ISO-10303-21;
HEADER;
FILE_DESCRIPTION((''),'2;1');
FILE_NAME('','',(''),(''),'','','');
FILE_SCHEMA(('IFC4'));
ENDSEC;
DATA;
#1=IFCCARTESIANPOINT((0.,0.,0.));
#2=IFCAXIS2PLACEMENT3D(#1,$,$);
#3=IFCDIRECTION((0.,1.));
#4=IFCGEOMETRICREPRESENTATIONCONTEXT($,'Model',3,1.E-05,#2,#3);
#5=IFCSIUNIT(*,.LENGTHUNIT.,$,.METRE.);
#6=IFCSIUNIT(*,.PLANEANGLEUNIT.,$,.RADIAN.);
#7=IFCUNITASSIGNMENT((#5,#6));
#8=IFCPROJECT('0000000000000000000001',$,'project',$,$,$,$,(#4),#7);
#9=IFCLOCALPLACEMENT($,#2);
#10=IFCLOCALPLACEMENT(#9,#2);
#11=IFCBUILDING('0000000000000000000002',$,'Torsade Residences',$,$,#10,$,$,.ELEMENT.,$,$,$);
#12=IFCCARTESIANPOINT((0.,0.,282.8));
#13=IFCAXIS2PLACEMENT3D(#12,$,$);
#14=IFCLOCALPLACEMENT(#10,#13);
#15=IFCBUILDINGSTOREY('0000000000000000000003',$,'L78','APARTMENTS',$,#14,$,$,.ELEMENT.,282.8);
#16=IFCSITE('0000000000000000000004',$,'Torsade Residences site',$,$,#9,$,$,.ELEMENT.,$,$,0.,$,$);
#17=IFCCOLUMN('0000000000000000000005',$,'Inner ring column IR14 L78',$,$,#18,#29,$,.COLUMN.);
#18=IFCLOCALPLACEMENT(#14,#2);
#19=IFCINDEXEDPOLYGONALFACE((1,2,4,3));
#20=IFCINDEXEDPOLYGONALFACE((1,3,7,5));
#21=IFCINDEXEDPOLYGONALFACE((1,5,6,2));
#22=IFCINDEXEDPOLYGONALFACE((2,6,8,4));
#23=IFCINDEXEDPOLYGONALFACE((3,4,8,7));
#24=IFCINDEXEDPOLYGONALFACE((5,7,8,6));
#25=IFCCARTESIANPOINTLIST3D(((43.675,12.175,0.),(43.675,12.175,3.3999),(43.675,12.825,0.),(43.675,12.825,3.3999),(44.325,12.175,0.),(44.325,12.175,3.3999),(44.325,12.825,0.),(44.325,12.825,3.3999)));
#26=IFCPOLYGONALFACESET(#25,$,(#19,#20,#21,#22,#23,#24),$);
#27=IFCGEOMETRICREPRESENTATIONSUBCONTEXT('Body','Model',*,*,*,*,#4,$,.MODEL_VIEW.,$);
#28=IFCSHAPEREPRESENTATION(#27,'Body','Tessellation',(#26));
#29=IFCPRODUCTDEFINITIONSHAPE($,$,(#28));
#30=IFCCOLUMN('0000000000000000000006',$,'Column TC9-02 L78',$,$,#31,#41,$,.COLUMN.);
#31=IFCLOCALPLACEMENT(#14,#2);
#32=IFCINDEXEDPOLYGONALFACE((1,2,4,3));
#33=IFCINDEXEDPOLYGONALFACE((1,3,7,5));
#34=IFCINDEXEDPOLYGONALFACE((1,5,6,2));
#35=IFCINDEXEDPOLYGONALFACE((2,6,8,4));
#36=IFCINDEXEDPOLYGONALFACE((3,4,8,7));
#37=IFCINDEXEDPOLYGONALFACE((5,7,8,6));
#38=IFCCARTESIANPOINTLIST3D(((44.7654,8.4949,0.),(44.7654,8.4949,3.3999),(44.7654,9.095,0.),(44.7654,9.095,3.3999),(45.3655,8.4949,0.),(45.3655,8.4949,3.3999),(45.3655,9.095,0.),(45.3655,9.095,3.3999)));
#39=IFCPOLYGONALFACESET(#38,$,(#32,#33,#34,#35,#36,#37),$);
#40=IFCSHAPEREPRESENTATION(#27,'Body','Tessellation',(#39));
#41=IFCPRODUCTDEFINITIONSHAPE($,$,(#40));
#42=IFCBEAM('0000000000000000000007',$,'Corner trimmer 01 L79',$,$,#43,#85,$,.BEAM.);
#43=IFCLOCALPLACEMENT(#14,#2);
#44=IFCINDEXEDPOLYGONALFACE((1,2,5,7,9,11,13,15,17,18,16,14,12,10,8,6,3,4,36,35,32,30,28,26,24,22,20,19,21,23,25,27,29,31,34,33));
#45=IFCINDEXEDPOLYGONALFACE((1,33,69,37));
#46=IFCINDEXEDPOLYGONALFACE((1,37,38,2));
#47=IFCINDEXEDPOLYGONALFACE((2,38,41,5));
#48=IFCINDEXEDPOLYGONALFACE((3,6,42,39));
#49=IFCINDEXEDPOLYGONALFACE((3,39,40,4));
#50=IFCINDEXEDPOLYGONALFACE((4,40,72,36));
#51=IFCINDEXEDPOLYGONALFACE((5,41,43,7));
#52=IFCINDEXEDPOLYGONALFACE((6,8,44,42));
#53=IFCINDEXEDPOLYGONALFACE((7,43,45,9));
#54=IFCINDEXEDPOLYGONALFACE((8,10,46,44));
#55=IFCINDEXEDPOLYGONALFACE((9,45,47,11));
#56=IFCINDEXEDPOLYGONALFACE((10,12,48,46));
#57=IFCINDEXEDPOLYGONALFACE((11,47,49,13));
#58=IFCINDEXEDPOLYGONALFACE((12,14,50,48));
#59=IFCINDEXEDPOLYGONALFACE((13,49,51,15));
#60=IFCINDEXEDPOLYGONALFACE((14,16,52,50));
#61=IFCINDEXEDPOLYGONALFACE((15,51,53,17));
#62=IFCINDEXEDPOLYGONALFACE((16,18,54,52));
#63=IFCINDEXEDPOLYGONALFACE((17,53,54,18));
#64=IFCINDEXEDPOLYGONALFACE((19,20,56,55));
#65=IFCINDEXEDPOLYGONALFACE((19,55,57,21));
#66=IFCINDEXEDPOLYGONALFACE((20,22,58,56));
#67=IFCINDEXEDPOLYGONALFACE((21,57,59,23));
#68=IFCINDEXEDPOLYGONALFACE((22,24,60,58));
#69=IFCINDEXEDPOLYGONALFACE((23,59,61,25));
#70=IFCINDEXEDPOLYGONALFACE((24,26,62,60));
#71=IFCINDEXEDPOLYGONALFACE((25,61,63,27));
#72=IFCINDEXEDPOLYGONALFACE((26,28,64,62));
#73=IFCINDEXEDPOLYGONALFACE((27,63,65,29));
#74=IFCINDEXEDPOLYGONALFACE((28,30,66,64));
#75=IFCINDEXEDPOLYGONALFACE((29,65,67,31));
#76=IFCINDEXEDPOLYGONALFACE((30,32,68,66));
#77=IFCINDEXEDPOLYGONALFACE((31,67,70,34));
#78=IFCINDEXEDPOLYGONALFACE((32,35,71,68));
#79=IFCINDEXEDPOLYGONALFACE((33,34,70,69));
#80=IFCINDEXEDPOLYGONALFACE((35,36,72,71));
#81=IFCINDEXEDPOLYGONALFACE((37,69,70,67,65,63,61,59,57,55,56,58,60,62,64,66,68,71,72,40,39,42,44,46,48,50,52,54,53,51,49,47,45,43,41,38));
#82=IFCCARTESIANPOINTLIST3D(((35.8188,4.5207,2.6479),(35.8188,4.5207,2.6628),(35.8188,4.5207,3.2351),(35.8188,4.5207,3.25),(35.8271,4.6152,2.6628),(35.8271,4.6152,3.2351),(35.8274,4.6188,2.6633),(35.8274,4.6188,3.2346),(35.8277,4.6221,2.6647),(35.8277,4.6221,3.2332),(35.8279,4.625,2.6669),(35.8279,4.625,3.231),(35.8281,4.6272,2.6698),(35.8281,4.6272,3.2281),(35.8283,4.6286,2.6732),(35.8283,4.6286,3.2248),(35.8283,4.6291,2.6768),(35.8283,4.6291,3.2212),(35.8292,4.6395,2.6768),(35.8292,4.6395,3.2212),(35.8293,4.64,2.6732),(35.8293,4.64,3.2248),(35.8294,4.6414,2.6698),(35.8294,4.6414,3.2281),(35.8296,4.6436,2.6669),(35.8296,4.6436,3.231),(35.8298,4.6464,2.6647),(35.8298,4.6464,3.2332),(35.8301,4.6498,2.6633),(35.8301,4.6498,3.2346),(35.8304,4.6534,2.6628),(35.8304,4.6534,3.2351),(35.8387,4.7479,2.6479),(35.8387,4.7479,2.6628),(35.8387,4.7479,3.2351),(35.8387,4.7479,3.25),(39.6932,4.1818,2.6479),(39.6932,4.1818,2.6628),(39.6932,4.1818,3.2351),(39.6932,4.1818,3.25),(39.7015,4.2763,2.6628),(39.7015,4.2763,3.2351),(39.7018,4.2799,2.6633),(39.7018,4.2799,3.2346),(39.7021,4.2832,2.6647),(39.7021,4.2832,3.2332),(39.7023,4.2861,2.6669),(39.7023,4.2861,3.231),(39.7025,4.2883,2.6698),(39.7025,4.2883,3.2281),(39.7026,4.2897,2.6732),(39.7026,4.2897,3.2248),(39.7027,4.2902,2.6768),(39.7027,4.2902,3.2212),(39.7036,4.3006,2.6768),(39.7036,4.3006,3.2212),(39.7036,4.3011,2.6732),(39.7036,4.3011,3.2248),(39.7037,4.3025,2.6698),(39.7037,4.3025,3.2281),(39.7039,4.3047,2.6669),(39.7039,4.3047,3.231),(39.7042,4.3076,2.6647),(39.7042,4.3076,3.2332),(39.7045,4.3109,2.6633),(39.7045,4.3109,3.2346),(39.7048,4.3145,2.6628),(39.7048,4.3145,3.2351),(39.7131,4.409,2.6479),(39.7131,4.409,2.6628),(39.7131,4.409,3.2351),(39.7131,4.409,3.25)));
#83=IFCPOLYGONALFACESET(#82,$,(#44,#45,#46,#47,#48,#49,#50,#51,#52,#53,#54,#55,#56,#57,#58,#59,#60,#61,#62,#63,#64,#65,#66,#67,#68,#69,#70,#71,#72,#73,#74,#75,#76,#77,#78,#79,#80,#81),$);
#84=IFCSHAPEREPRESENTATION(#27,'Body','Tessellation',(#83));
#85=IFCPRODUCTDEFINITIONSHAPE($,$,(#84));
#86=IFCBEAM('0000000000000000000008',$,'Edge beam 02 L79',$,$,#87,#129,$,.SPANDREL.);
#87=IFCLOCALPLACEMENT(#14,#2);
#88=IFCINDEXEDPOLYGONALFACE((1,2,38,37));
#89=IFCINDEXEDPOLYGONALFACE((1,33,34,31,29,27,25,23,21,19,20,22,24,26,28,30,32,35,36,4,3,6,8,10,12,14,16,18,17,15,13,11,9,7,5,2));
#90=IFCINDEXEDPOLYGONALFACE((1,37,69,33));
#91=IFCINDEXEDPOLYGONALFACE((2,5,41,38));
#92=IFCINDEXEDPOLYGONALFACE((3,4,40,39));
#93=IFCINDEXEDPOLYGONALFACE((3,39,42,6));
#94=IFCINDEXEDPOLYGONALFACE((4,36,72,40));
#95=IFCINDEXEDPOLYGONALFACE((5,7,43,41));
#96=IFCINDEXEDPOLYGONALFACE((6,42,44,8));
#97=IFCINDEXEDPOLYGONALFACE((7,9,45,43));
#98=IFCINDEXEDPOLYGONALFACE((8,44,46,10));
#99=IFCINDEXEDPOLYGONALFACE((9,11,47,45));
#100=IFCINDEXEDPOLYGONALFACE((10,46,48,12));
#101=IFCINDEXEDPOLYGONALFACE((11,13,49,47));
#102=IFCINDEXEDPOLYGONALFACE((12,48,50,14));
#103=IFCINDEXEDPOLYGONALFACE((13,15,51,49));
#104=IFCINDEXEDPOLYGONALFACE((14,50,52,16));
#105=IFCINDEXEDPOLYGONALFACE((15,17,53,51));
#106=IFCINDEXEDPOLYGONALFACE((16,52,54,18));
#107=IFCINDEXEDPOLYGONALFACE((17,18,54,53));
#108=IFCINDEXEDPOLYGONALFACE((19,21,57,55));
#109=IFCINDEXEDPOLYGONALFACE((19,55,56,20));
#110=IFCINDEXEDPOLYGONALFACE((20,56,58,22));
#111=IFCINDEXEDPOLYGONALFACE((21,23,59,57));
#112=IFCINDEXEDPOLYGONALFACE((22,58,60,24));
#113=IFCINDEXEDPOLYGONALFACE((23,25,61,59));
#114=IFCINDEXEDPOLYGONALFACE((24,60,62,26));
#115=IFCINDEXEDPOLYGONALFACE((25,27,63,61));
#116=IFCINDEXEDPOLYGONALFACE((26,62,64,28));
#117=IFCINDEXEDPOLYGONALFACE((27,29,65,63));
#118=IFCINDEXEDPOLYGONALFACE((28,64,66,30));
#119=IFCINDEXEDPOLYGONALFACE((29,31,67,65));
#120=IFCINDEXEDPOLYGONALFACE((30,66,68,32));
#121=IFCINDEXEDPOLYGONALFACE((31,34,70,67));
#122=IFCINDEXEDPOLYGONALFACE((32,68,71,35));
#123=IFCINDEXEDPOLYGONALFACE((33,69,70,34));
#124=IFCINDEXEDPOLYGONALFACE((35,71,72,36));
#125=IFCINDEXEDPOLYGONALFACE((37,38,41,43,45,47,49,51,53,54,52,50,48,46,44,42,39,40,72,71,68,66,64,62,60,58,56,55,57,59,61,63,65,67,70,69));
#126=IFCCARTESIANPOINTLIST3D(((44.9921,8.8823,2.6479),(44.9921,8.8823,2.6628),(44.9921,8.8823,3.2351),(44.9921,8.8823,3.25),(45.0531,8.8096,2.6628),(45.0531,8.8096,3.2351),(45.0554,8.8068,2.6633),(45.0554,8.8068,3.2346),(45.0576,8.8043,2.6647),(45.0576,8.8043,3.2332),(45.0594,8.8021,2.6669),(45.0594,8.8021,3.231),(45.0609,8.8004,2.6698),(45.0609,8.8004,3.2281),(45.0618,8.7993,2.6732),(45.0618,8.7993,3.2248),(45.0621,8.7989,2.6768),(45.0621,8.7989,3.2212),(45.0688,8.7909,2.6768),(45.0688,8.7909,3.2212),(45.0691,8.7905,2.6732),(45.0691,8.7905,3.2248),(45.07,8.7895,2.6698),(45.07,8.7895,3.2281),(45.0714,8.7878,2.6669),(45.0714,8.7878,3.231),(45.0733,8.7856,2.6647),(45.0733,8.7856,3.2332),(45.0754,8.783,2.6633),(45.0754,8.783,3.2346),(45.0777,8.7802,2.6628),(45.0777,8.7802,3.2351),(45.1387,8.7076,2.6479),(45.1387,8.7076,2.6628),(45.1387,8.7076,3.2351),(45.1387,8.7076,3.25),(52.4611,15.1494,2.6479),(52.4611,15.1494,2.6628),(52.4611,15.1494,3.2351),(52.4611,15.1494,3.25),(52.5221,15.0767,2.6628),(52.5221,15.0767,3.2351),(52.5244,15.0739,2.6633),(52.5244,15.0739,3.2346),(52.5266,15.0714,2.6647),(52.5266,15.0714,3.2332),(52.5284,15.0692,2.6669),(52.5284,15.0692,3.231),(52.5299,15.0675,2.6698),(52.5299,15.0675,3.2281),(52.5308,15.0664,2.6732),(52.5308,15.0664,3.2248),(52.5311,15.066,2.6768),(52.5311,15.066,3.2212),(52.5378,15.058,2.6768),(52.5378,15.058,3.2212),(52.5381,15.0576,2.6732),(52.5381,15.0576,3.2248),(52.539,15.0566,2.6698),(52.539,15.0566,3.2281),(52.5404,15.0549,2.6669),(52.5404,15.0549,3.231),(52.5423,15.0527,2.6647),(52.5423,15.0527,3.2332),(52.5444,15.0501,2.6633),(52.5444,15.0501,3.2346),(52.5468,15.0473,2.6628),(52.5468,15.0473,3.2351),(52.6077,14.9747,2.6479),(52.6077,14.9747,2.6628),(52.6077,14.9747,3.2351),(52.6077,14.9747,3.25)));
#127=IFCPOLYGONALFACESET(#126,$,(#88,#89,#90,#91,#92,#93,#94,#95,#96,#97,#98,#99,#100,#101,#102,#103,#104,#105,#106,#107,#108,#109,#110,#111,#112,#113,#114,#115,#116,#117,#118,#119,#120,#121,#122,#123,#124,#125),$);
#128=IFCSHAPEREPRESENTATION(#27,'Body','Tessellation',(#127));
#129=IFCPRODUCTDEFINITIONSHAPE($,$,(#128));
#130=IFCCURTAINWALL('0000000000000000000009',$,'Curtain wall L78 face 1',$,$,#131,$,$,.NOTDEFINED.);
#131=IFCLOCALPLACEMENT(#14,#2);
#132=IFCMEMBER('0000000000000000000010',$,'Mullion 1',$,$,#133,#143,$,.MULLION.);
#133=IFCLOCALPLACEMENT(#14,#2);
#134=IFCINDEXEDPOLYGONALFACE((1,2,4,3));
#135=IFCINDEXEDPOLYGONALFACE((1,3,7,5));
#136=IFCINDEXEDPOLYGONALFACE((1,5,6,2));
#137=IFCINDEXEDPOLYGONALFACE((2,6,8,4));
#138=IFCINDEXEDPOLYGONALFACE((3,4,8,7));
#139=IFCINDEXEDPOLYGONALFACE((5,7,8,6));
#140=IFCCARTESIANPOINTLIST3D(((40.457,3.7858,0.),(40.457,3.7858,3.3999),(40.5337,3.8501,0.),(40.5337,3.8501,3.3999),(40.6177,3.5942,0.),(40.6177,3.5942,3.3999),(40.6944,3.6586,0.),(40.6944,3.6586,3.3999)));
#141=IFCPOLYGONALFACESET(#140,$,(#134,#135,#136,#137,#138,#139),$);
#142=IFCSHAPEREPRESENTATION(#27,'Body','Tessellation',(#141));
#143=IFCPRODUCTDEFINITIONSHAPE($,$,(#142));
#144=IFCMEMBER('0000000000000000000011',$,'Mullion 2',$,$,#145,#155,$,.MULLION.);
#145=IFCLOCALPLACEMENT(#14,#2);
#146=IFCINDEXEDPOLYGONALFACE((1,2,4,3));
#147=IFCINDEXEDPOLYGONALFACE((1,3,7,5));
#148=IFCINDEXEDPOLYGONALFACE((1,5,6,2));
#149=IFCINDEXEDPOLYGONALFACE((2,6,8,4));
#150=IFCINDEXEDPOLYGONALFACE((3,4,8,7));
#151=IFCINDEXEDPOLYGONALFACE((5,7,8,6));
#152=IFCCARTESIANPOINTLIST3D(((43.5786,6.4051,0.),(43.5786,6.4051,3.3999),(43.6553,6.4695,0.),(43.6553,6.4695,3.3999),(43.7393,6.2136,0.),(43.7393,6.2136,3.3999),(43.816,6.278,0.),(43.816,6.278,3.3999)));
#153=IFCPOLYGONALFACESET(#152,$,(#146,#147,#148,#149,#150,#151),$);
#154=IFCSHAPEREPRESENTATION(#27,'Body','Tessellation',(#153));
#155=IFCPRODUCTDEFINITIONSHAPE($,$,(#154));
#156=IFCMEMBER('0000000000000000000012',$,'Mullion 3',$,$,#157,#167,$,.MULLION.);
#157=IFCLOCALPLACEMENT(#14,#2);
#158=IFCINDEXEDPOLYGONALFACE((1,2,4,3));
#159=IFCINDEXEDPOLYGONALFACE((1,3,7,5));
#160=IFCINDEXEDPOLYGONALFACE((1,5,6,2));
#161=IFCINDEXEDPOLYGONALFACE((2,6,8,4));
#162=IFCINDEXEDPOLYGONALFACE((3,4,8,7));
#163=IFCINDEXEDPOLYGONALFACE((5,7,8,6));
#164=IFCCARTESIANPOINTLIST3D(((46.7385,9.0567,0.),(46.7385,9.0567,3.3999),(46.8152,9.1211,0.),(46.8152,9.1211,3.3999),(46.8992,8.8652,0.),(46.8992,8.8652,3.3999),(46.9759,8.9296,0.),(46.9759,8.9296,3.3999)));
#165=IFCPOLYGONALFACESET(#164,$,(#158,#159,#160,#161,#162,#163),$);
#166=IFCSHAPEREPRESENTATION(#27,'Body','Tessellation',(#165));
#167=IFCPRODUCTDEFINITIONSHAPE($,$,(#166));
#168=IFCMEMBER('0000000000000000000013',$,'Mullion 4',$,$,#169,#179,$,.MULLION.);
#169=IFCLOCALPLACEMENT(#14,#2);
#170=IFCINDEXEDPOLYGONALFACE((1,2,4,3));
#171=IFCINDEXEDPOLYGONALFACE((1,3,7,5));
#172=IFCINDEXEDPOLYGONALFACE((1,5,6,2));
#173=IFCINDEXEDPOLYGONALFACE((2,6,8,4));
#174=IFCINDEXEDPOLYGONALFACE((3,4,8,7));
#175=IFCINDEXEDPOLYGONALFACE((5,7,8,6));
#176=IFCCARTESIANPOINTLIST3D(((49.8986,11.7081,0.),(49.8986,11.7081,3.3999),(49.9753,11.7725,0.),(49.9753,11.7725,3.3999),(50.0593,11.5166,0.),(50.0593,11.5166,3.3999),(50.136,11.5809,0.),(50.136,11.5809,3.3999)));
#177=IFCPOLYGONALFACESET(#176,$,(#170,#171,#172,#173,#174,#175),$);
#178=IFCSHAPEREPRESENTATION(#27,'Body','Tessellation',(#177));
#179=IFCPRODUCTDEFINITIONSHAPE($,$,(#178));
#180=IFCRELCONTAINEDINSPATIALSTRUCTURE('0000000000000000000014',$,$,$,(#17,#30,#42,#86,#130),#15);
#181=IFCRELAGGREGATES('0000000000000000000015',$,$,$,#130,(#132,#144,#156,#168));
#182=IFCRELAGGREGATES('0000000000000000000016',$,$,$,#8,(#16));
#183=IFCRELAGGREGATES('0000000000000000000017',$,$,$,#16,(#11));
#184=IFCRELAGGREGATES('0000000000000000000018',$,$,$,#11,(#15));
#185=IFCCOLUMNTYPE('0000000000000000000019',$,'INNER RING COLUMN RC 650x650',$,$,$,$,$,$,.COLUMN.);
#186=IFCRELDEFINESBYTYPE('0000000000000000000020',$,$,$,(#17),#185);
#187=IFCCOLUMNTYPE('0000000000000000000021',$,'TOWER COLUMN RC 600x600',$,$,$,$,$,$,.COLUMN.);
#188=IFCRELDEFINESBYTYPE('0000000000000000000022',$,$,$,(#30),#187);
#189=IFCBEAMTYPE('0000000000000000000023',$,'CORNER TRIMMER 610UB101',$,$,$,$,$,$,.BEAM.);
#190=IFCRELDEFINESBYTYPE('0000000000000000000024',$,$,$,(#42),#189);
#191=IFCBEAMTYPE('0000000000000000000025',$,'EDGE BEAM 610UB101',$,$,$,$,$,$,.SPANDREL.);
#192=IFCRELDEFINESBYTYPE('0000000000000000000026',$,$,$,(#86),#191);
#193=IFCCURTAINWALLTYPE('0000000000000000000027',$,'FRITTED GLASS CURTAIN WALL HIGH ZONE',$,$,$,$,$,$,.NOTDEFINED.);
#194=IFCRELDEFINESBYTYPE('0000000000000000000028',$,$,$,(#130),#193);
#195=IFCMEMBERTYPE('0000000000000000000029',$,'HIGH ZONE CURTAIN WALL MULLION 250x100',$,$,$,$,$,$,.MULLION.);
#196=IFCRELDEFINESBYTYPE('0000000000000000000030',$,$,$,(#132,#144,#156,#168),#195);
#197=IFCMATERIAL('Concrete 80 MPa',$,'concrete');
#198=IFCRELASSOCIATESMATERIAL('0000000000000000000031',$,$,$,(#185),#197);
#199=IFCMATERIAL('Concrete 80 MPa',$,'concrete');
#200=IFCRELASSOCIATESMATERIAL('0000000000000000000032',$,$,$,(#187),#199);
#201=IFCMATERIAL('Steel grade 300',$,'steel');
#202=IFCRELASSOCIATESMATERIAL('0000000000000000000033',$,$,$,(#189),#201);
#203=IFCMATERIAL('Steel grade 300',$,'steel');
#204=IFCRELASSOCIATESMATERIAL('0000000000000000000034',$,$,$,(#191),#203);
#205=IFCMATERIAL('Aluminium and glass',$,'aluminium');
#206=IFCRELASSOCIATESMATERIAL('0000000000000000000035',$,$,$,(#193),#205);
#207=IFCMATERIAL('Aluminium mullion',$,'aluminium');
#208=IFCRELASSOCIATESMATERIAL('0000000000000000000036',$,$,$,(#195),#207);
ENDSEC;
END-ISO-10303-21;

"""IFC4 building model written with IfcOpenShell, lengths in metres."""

from ifc_helpers import new_model, si_unit, direction, frame, origin, origin_2d, place, context, subcontext, project, spatial, rectangle, i_section, extrude, material, material_profile, profile_set, type_object, element, aggregate, save


model = new_model("IFC4")

# Units and contexts
model_context = context("Model", 3, precision=1e-05, world=origin(), true_north=direction((0.0, 1.0)))
body_context = subcontext(model_context, "Body", "Model", "MODEL_VIEW")
ifc_project = project(units=[si_unit("LENGTHUNIT", "METRE"), si_unit("PLANEANGLEUNIT", "RADIAN")], contexts=[model_context])

# Site, building, storey
site_placement = place(None, origin())
site = spatial("IfcSite", under=ifc_project, at=site_placement, Name="Torsade Residences site", CompositionType="ELEMENT", RefElevation=0.0)
building_placement = place(site_placement, origin())
building = spatial("IfcBuilding", under=site, at=building_placement, Name="Torsade Residences", CompositionType="ELEMENT")
storey_placement = place(building_placement, frame((0.0, 0.0, 282.8)))
storey = spatial("IfcBuildingStorey", under=building, at=storey_placement, Name="L78", Description="APARTMENTS", CompositionType="ELEMENT", Elevation=282.8)

# Columns
ifc_material_1 = material(Name="Concrete 80 MPa", Category="concrete")
ifc_material_profile_1 = material_profile(ifc_material_1, rectangle(XDim=0.6499, YDim=0.6499, at=origin_2d()), Name="RC 650x650")
ifc_profile_set_1 = profile_set([ifc_material_profile_1], Name="Concrete 80 MPa")
column_type_1 = type_object("IfcColumnType", Name="INNER RING COLUMN RC 650x650", PredefinedType="COLUMN", material=ifc_profile_set_1)
column_1_placement = place(storey_placement, frame((44.0, 12.5, 0.0), z_axis=(0.0, 0.0, 1.0), x_axis=(1.0, 0.0, 0.0)))
element("IfcColumn", 1, at=column_1_placement, inside=storey, type_object=column_type_1, Name="Inner ring column IR14 L78", PredefinedType="COLUMN", context=body_context, shape_type="SweptSolid", body=[
    extrude(rectangle(XDim=0.6499, YDim=0.6499, at=origin_2d()), origin(), (0.0, 0.0, 1.0), 3.3999),
])
ifc_material_2 = material(Name="Concrete 80 MPa", Category="concrete")
ifc_material_profile_2 = material_profile(ifc_material_2, rectangle(XDim=0.6001, YDim=0.6001, at=origin_2d()), Name="RC 600x600")
ifc_profile_set_2 = profile_set([ifc_material_profile_2], Name="Concrete 80 MPa")
column_type_2 = type_object("IfcColumnType", Name="TOWER COLUMN RC 600x600", PredefinedType="COLUMN", material=ifc_profile_set_2)
column_2_placement = place(storey_placement, frame((45.0654, 8.7949, 0.0), z_axis=(0.0, 0.0, 1.0), x_axis=(1.0, 0.0, 0.0)))
element("IfcColumn", 2, at=column_2_placement, inside=storey, type_object=column_type_2, Name="Column TC9-02 L78", PredefinedType="COLUMN", context=body_context, shape_type="SweptSolid", body=[
    extrude(rectangle(XDim=0.6001, YDim=0.6001, at=origin_2d()), origin(), (0.0, 0.0, 1.0), 3.3999),
])

# Beams
ifc_material_3 = material(Name="Steel grade 300", Category="steel")
ifc_material_profile_3 = material_profile(ifc_material_3, i_section(OverallWidth=0.228, OverallDepth=0.6021, WebThickness=0.0105, FlangeThickness=0.0149, FilletRadius=0.0139, at=origin_2d()), Name="610UB101")
ifc_profile_set_3 = profile_set([ifc_material_profile_3], Name="Steel grade 300")
beam_type_1 = type_object("IfcBeamType", Name="CORNER TRIMMER 610UB101", PredefinedType="BEAM", material=ifc_profile_set_3)
beam_1_placement = place(storey_placement, frame((39.7031, 4.2954, 2.949), z_axis=(-0.996197, 0.087133, 0.0), x_axis=(-0.087133, -0.996197, 0.0)))
element("IfcBeam", 3, at=beam_1_placement, inside=storey, type_object=beam_type_1, Name="Corner trimmer 01 L79", PredefinedType="BEAM", context=body_context, shape_type="SweptSolid", body=[
    extrude(i_section(OverallWidth=0.228, OverallDepth=0.6021, WebThickness=0.0105, FlangeThickness=0.0149, FilletRadius=0.0139, at=origin_2d()), origin(), (0.0, 0.0, 1.0), 3.8892),
])
ifc_material_4 = material(Name="Steel grade 300", Category="steel")
ifc_material_profile_4 = material_profile(ifc_material_4, i_section(OverallWidth=0.228, OverallDepth=0.6021, WebThickness=0.0105, FlangeThickness=0.0149, FilletRadius=0.0139, at=origin_2d()), Name="610UB101")
ifc_profile_set_4 = profile_set([ifc_material_profile_4], Name="Steel grade 300")
beam_type_2 = type_object("IfcBeamType", Name="EDGE BEAM 610UB101", PredefinedType="SPANDREL", material=ifc_profile_set_4)
beam_2_placement = place(storey_placement, frame((45.0654, 8.7949, 2.949), z_axis=(0.766052, 0.642779, 0.0), x_axis=(-0.642779, 0.766052, 0.0)))
element("IfcBeam", 4, at=beam_2_placement, inside=storey, type_object=beam_type_2, Name="Edge beam 02 L79", PredefinedType="SPANDREL", context=body_context, shape_type="SweptSolid", body=[
    extrude(i_section(OverallWidth=0.228, OverallDepth=0.6021, WebThickness=0.0105, FlangeThickness=0.0149, FilletRadius=0.0139, at=origin_2d()), origin(), (0.0, 0.0, 1.0), 9.75),
])

# Curtain wall, members
ifc_material_5 = material(Name="Aluminium and glass", Category="aluminium")
curtain_wall_type = type_object("IfcCurtainWallType", Name="FRITTED GLASS CURTAIN WALL HIGH ZONE", PredefinedType="NOTDEFINED", material=ifc_material_5)
curtain_wall_placement = place(storey_placement, origin())
curtain_wall = element("IfcCurtainWall", 5, at=curtain_wall_placement, inside=storey, type_object=curtain_wall_type, Name="Curtain wall L78 face 1", PredefinedType="NOTDEFINED")
ifc_material_6 = material(Name="Aluminium mullion", Category="aluminium")
ifc_material_profile_5 = material_profile(ifc_material_6, rectangle(XDim=0.25, YDim=0.1001, at=origin_2d()), Name="HIGH ZONE CURTAIN WALL MULLION 250x100")
ifc_profile_set_5 = profile_set([ifc_material_profile_5], Name="Aluminium mullion")
member_type_1 = type_object("IfcMemberType", Name="HIGH ZONE CURTAIN WALL MULLION 250x100", PredefinedType="MULLION", material=ifc_profile_set_5)
member_1_placement = place(storey_placement, frame((40.5757, 3.7222, 0.0), z_axis=(0.0, 0.0, 1.0), x_axis=(-0.642788, 0.766044, 0.0)))
member_1 = element("IfcMember", 6, at=member_1_placement, type_object=member_type_1, Name="Mullion 1", PredefinedType="MULLION", context=body_context, shape_type="SweptSolid", body=[
    extrude(rectangle(XDim=0.25, YDim=0.1001, at=origin_2d()), origin(), (0.0, 0.0, 1.0), 3.3999),
])
member_2_placement = place(storey_placement, frame((43.6973, 6.3416, 0.0), z_axis=(0.0, 0.0, 1.0), x_axis=(-0.642788, 0.766044, 0.0)))
member_2 = element("IfcMember", 7, at=member_2_placement, type_object=member_type_1, Name="Mullion 2", PredefinedType="MULLION", context=body_context, shape_type="SweptSolid", body=[
    extrude(rectangle(XDim=0.25, YDim=0.1001, at=origin_2d()), origin(), (0.0, 0.0, 1.0), 3.3999),
])
member_3_placement = place(storey_placement, frame((46.8572, 8.9932, 0.0), z_axis=(0.0, 0.0, 1.0), x_axis=(-0.642788, 0.766044, 0.0)))
member_3 = element("IfcMember", 8, at=member_3_placement, type_object=member_type_1, Name="Mullion 3", PredefinedType="MULLION", context=body_context, shape_type="SweptSolid", body=[
    extrude(rectangle(XDim=0.25, YDim=0.1001, at=origin_2d()), origin(), (0.0, 0.0, 1.0), 3.3999),
])
member_4_placement = place(storey_placement, frame((50.0173, 11.6445, 0.0), z_axis=(0.0, 0.0, 1.0), x_axis=(-0.642788, 0.766044, 0.0)))
member_4 = element("IfcMember", 9, at=member_4_placement, type_object=member_type_1, Name="Mullion 4", PredefinedType="MULLION", context=body_context, shape_type="SweptSolid", body=[
    extrude(rectangle(XDim=0.25, YDim=0.1001, at=origin_2d()), origin(), (0.0, 0.0, 1.0), 3.3999),
])

aggregate(curtain_wall, [member_1, member_2, member_3, member_4])

save(model, "model.ifc")
